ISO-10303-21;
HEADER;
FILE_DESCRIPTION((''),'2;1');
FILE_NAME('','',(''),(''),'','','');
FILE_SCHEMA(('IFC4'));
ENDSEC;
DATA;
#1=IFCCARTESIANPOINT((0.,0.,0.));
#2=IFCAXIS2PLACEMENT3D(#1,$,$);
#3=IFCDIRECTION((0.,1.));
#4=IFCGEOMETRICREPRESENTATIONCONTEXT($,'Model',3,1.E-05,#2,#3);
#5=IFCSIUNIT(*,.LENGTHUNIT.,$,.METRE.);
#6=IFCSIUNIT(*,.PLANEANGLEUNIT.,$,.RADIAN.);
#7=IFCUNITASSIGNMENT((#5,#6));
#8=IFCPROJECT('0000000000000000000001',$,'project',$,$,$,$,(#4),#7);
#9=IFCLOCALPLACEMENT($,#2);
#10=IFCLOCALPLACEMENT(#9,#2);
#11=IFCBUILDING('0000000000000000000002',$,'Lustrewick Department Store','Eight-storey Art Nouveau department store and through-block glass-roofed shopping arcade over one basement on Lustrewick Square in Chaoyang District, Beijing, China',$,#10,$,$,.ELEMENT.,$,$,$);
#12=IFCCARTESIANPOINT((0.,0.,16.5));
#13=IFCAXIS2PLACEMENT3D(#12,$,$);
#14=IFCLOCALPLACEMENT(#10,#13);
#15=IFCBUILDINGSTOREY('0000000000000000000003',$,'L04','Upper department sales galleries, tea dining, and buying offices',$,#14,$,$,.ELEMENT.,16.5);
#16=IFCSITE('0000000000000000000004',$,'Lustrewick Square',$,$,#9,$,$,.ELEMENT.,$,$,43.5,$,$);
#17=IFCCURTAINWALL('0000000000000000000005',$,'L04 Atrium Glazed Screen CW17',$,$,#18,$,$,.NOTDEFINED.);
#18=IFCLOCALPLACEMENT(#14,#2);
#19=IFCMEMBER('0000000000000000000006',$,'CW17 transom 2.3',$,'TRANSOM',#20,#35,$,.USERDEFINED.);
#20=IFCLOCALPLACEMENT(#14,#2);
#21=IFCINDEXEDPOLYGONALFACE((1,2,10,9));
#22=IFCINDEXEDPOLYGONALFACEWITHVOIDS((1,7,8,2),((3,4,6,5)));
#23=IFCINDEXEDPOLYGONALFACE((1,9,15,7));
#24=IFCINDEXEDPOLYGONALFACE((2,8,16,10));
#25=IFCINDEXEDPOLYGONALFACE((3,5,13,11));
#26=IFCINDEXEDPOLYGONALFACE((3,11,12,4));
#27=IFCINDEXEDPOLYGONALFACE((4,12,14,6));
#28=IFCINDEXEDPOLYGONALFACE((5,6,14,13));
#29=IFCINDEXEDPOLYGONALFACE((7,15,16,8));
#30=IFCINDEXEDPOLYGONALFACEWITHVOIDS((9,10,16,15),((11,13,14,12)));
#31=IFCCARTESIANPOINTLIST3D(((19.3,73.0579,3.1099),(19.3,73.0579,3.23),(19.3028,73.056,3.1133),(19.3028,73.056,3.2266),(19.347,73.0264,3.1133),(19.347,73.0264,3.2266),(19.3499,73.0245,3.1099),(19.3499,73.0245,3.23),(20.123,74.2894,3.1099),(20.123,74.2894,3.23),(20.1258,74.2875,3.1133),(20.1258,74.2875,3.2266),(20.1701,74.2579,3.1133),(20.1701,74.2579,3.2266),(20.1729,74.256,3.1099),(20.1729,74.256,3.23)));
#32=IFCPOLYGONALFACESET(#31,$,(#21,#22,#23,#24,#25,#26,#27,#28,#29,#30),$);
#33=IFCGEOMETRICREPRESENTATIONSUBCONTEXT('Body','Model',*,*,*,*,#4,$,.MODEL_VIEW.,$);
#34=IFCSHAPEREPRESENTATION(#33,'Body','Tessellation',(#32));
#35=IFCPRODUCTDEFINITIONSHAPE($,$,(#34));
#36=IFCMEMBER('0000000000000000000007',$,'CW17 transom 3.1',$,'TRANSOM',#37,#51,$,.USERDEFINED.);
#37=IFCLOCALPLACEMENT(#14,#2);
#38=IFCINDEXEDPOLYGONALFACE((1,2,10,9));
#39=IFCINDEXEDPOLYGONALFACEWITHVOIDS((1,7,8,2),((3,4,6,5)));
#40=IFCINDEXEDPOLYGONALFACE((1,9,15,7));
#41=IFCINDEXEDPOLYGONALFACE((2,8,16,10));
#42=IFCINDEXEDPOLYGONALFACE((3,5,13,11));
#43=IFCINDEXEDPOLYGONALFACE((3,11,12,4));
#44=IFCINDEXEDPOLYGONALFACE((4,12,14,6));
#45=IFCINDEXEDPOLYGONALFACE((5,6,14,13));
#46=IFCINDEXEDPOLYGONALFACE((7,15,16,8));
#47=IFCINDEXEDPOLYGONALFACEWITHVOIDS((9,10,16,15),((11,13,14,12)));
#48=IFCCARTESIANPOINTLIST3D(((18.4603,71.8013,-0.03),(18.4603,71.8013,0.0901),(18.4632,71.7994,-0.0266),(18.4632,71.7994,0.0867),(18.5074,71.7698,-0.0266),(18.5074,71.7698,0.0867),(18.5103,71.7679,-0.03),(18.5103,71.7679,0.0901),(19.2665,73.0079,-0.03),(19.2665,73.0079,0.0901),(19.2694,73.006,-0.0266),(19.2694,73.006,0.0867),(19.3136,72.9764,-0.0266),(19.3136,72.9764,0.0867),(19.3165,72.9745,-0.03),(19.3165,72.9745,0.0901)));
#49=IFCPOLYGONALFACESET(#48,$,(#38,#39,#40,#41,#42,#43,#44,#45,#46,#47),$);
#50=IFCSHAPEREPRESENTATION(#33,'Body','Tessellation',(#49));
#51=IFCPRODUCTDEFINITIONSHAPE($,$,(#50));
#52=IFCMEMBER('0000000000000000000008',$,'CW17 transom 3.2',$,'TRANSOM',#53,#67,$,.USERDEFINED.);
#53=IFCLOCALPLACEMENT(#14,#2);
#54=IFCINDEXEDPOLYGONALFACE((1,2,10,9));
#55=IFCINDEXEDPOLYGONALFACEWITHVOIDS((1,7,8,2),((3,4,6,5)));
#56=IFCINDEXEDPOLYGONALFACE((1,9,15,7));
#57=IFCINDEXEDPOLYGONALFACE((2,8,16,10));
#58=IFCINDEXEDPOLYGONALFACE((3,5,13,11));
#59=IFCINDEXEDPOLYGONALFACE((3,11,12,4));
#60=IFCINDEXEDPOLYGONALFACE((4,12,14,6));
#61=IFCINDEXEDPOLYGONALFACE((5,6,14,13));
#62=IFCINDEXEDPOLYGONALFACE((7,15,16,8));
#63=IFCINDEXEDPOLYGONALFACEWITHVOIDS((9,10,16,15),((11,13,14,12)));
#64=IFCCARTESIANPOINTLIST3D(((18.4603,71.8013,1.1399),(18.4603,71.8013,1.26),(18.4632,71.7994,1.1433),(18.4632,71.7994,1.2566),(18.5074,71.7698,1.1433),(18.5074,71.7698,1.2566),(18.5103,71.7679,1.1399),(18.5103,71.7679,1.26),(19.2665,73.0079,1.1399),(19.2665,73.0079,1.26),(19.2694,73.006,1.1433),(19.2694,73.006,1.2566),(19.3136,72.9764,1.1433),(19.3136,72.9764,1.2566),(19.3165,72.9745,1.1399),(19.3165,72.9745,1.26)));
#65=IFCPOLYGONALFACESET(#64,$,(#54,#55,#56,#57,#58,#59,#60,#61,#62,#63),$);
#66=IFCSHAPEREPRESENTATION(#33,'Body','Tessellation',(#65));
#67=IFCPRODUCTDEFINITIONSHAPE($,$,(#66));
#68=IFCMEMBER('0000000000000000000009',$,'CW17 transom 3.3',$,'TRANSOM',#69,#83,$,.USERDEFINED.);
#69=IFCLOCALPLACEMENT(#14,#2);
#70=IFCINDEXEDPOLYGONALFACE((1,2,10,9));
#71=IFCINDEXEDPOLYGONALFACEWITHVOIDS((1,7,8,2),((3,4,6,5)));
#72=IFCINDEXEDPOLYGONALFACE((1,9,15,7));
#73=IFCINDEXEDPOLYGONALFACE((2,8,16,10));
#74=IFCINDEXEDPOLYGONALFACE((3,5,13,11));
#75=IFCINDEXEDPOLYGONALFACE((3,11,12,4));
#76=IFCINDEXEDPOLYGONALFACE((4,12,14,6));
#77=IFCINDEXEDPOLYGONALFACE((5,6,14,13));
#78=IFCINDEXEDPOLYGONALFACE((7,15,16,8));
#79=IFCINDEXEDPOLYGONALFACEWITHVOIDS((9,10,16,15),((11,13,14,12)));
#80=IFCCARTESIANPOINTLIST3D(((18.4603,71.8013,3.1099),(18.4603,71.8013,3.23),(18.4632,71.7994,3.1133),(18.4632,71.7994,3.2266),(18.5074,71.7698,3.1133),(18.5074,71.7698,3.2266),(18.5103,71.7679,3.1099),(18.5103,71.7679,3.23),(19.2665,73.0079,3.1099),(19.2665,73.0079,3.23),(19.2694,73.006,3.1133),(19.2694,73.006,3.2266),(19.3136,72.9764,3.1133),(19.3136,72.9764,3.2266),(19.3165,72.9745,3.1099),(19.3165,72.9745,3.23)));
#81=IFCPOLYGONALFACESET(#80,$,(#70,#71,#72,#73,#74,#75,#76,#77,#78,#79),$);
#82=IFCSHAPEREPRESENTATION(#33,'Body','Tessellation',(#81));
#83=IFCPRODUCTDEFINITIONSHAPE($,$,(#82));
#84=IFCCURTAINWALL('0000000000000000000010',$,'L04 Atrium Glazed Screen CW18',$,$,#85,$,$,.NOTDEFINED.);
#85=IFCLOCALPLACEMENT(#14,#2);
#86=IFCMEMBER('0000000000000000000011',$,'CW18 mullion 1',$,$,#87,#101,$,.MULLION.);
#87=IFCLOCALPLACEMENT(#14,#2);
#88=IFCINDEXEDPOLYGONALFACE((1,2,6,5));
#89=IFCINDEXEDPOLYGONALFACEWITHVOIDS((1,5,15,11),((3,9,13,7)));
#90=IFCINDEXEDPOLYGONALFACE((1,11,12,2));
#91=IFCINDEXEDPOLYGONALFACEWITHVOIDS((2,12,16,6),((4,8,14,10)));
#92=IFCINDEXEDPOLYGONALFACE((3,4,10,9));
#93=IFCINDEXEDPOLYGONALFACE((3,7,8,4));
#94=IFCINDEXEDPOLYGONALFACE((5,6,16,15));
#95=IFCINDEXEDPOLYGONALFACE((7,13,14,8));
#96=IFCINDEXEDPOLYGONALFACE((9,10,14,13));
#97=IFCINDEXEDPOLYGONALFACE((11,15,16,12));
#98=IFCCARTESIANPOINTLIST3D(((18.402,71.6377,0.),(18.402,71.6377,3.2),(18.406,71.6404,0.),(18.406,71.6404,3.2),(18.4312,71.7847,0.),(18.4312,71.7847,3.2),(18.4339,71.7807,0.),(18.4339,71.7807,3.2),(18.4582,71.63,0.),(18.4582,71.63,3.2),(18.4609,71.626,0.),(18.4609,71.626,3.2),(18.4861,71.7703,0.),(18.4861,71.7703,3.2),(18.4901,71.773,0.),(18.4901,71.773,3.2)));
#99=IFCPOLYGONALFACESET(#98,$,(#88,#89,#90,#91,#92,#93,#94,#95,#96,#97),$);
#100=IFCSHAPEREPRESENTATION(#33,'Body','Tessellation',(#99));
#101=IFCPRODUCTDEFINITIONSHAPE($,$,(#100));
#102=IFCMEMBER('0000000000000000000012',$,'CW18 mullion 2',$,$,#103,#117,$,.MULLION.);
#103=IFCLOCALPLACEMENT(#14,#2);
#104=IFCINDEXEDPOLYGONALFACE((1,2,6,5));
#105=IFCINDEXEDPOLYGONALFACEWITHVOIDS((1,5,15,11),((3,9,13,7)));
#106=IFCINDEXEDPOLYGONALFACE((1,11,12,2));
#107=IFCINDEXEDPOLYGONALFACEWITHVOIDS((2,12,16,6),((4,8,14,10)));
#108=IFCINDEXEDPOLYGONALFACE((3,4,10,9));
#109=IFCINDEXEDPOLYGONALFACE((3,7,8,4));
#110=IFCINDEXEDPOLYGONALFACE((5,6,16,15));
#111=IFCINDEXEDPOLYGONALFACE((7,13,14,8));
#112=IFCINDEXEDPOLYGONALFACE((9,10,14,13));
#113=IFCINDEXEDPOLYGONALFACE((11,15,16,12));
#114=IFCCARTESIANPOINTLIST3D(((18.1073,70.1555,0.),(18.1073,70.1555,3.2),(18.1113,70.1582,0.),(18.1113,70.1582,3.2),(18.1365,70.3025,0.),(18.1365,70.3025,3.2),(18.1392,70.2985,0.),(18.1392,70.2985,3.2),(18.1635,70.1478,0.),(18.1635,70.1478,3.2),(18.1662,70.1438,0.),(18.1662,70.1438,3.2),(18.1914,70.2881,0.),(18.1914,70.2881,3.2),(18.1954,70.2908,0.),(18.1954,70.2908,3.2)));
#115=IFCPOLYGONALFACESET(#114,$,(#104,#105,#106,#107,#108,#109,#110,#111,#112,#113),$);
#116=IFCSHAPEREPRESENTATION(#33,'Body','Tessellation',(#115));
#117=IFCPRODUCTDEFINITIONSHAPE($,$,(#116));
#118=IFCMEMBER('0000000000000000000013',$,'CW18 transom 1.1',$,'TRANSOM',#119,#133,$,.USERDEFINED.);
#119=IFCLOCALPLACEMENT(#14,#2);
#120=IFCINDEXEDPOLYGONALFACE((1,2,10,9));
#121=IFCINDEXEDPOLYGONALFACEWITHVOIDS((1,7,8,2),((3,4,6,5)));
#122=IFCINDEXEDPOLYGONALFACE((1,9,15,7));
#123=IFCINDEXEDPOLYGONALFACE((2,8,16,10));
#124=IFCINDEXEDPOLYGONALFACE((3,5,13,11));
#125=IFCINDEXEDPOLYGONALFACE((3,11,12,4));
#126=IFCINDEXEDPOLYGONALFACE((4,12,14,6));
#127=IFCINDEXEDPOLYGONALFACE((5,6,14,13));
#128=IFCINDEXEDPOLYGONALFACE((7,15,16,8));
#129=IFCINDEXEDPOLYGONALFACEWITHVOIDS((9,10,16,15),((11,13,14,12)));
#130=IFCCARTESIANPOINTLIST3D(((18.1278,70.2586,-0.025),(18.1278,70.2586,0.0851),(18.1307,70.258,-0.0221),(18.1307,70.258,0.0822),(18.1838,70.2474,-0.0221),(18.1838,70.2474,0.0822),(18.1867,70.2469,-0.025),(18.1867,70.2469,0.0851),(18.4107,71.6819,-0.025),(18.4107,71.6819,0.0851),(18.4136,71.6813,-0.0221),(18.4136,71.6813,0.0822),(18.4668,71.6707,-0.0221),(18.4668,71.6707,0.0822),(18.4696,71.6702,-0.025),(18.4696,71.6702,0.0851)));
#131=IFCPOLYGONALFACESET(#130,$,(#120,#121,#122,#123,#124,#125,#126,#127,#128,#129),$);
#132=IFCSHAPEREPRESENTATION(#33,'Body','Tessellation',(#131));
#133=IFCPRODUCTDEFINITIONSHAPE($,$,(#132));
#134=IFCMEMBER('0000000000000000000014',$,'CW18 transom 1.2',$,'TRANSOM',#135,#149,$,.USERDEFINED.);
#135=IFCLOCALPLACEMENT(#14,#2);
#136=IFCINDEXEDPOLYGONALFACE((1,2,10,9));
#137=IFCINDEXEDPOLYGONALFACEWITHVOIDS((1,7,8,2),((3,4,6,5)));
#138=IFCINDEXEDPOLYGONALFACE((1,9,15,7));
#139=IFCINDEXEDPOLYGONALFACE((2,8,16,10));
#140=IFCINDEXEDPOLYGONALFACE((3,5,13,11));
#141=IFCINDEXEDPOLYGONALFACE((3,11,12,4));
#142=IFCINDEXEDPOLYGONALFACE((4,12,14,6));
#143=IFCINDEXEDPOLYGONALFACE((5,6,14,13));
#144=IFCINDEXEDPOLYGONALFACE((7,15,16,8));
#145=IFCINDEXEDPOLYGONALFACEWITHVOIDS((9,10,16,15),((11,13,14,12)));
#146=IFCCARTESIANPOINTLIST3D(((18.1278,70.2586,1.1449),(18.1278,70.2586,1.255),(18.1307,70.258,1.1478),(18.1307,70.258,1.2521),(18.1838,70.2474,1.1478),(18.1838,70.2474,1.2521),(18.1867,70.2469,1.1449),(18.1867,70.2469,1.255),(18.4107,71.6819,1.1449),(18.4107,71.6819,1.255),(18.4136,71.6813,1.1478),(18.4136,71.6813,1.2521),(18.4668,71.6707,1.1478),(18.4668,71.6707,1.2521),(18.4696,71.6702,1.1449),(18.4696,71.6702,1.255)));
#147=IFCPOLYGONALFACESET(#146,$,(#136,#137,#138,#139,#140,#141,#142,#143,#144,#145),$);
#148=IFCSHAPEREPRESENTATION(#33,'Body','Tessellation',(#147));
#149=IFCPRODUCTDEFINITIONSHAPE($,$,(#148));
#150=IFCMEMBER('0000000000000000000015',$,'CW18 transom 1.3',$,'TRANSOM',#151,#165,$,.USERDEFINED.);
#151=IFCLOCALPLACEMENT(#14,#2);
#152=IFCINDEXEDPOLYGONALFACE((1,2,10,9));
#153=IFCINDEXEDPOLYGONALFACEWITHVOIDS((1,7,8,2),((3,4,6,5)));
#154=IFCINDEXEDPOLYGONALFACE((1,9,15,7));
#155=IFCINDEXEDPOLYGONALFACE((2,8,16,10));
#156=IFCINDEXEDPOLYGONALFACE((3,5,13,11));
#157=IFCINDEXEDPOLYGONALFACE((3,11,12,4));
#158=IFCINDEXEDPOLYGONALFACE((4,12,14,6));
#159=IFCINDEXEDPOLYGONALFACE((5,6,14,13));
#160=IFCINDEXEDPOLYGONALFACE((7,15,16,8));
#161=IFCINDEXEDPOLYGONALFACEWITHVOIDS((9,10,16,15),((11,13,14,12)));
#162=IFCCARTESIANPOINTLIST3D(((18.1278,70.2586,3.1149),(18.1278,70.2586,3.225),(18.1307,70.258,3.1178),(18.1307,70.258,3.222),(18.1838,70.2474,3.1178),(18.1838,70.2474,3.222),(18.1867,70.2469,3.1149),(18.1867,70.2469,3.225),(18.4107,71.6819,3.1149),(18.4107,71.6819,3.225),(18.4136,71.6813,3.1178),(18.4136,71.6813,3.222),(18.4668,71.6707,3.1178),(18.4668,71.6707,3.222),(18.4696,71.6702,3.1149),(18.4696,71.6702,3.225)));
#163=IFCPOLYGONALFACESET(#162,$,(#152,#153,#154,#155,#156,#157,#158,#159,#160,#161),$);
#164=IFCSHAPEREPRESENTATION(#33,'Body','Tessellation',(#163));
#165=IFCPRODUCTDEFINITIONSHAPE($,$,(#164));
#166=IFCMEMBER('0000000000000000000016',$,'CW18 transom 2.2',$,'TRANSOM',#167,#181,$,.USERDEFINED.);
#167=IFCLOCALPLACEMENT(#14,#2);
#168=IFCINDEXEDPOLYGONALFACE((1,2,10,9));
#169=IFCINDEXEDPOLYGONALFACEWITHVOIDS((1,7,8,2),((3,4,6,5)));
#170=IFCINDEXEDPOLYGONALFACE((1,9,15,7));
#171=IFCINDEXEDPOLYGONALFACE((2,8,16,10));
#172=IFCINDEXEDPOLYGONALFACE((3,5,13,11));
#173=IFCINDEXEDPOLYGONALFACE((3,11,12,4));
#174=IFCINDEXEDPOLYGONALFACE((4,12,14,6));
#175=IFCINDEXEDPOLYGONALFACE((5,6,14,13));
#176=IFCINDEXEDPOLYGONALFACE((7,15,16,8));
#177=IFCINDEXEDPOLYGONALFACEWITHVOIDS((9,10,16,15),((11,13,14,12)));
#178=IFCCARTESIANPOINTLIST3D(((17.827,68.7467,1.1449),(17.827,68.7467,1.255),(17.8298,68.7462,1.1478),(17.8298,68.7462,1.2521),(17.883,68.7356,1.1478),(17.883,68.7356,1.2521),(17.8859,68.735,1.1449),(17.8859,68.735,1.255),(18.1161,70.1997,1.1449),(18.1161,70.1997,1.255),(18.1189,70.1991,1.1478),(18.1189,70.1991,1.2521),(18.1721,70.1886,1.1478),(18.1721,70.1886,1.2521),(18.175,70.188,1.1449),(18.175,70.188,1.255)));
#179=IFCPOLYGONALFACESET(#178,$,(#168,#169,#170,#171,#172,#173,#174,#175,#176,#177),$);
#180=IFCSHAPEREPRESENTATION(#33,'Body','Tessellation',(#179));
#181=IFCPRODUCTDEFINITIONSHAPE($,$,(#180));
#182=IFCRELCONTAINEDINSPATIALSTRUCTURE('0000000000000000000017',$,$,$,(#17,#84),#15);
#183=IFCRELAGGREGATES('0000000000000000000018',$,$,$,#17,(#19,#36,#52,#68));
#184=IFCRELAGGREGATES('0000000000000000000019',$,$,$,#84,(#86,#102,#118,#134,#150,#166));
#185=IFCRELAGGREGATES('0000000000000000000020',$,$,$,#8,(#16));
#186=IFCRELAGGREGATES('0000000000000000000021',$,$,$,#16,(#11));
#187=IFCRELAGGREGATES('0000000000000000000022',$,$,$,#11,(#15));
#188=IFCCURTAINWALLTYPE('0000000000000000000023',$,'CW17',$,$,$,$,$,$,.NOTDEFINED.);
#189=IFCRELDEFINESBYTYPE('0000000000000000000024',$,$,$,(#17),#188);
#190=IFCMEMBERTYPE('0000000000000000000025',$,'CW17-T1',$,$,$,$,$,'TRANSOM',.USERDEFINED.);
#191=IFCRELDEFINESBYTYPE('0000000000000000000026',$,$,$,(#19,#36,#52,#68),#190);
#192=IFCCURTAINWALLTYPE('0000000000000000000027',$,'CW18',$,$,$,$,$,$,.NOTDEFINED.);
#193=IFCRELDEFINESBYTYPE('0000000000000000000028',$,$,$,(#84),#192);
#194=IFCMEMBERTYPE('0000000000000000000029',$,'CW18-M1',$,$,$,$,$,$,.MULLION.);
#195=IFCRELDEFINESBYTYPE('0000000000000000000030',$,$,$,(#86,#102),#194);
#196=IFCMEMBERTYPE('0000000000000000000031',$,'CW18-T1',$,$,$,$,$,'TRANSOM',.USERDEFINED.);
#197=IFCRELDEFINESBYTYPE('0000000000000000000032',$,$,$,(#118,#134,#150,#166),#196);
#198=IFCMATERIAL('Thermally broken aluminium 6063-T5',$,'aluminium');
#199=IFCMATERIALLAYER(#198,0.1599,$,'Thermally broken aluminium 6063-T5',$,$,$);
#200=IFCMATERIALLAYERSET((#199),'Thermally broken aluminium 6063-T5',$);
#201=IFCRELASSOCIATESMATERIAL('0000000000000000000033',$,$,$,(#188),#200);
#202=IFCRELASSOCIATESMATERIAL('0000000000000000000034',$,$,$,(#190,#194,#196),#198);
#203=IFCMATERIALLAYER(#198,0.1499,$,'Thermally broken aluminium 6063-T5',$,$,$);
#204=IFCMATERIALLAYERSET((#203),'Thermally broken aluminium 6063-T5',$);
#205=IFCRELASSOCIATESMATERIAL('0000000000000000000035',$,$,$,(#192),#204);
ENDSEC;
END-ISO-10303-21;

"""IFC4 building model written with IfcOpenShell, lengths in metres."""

from ifc_helpers import new_model, si_unit, direction, frame, origin, origin_2d, place, context, subcontext, project, spatial, hollow_rectangle, extrude, material, layer, layer_set, material_profile, profile_set, type_object, element, aggregate, save


model = new_model("IFC4")

# Units and contexts
model_context = context("Model", 3, precision=1e-05, world=origin(), true_north=direction((0.0, 1.0)))
body_context = subcontext(model_context, "Body", "Model", "MODEL_VIEW")
ifc_project = project(units=[si_unit("LENGTHUNIT", "METRE"), si_unit("PLANEANGLEUNIT", "RADIAN")], contexts=[model_context])

# Site, building, storey
site_placement = place(None, origin())
site = spatial("IfcSite", under=ifc_project, at=site_placement, Name="Lustrewick Square", CompositionType="ELEMENT", RefElevation=43.5)
building_placement = place(site_placement, origin())
building = spatial("IfcBuilding", under=site, at=building_placement, Name="Lustrewick Department Store", Description="Eight-storey Art Nouveau department store and through-block glass-roofed shopping arcade over one basement on Lustrewick Square in Chaoyang District, Beijing, China", CompositionType="ELEMENT")
storey_placement = place(building_placement, frame((0.0, 0.0, 16.5)))
storey = spatial("IfcBuildingStorey", under=building, at=storey_placement, Name="L04", Description="Upper department sales galleries, tea dining, and buying offices", CompositionType="ELEMENT", Elevation=16.5)

# Shared definitions
ifc_material_1 = material(Name="Thermally broken aluminium 6063-T5", Category="aluminium")

# Curtain walls, members
ifc_layer_1 = layer(ifc_material_1, 0.1599, Name="Thermally broken aluminium 6063-T5")
ifc_layer_set_1 = layer_set([ifc_layer_1], Name="Thermally broken aluminium 6063-T5")
curtain_wall_type_1 = type_object("IfcCurtainWallType", Name="CW17", PredefinedType="NOTDEFINED", material=ifc_layer_set_1)
curtain_wall_1_placement = place(storey_placement, origin())
curtain_wall_1 = element("IfcCurtainWall", 1, at=curtain_wall_1_placement, inside=storey, type_object=curtain_wall_type_1, Name="L04 Atrium Glazed Screen CW17", PredefinedType="NOTDEFINED")
ifc_material_profile_1 = material_profile(ifc_material_1, hollow_rectangle(XDim=0.0601, YDim=0.1201, WallThickness=0.0034, at=origin_2d()), Name="ALU-T 60x120x3.5")
ifc_profile_set_1 = profile_set([ifc_material_profile_1], Name="Thermally broken aluminium 6063-T5")
member_type_1 = type_object("IfcMemberType", Name="CW17-T1", ElementType="TRANSOM", PredefinedType="USERDEFINED", material=ifc_profile_set_1)
member_1_placement = place(storey_placement, frame((20.1479, 74.2727, 3.1699), z_axis=(-0.555651, -0.831416, 0.0), x_axis=(0.831416, -0.555651, 0.0)))
member_1 = element("IfcMember", 2, at=member_1_placement, type_object=member_type_1, Name="CW17 transom 2.3", ObjectType="TRANSOM", PredefinedType="USERDEFINED", context=body_context, shape_type="SweptSolid", body=[
    extrude(hollow_rectangle(XDim=0.0601, YDim=0.1201, WallThickness=0.0034, at=origin_2d()), origin(), (0.0, 0.0, 1.0), 1.4812),
])
member_2_placement = place(storey_placement, frame((19.2915, 72.9912, 0.03), z_axis=(-0.555554, -0.83148, 0.0), x_axis=(0.83148, -0.555554, 0.0)))
member_2 = element("IfcMember", 3, at=member_2_placement, type_object=member_type_1, Name="CW17 transom 3.1", ObjectType="TRANSOM", PredefinedType="USERDEFINED", context=body_context, shape_type="SweptSolid", body=[
    extrude(hollow_rectangle(XDim=0.0601, YDim=0.1201, WallThickness=0.0034, at=origin_2d()), origin(), (0.0, 0.0, 1.0), 1.4512),
])
member_3_placement = place(storey_placement, frame((19.2915, 72.9912, 1.2), z_axis=(-0.555554, -0.83148, 0.0), x_axis=(0.83148, -0.555554, 0.0)))
member_3 = element("IfcMember", 4, at=member_3_placement, type_object=member_type_1, Name="CW17 transom 3.2", ObjectType="TRANSOM", PredefinedType="USERDEFINED", context=body_context, shape_type="SweptSolid", body=[
    extrude(hollow_rectangle(XDim=0.0601, YDim=0.1201, WallThickness=0.0034, at=origin_2d()), origin(), (0.0, 0.0, 1.0), 1.4512),
])
member_4_placement = place(storey_placement, frame((19.2915, 72.9912, 3.1699), z_axis=(-0.555554, -0.83148, 0.0), x_axis=(0.83148, -0.555554, 0.0)))
member_4 = element("IfcMember", 5, at=member_4_placement, type_object=member_type_1, Name="CW17 transom 3.3", ObjectType="TRANSOM", PredefinedType="USERDEFINED", context=body_context, shape_type="SweptSolid", body=[
    extrude(hollow_rectangle(XDim=0.0601, YDim=0.1201, WallThickness=0.0034, at=origin_2d()), origin(), (0.0, 0.0, 1.0), 1.4512),
])
ifc_layer_2 = layer(ifc_material_1, 0.1499, Name="Thermally broken aluminium 6063-T5")
ifc_layer_set_2 = layer_set([ifc_layer_2], Name="Thermally broken aluminium 6063-T5")
curtain_wall_type_2 = type_object("IfcCurtainWallType", Name="CW18", PredefinedType="NOTDEFINED", material=ifc_layer_set_2)
curtain_wall_2_placement = place(storey_placement, origin())
curtain_wall_2 = element("IfcCurtainWall", 6, at=curtain_wall_2_placement, inside=storey, type_object=curtain_wall_type_2, Name="L04 Atrium Glazed Screen CW18", PredefinedType="NOTDEFINED")
ifc_material_profile_2 = material_profile(ifc_material_1, hollow_rectangle(XDim=0.0601, YDim=0.1499, WallThickness=0.0034, at=origin_2d()), Name="ALU-M 60x150x3.5")
ifc_profile_set_2 = profile_set([ifc_material_profile_2], Name="Thermally broken aluminium 6063-T5")
member_type_2 = type_object("IfcMemberType", Name="CW18-M1", PredefinedType="MULLION", material=ifc_profile_set_2)
member_5_placement = place(storey_placement, frame((18.446, 71.7053, 0.0), z_axis=(0.0, 0.0, 1.0), x_axis=(0.980786, -0.195085, 0.0)))
member_5 = element("IfcMember", 7, at=member_5_placement, type_object=member_type_2, Name="CW18 mullion 1", PredefinedType="MULLION", context=body_context, shape_type="SweptSolid", body=[
    extrude(hollow_rectangle(XDim=0.0601, YDim=0.1499, WallThickness=0.0034, at=origin_2d()), origin(), (0.0, 0.0, 1.0), 3.2),
])
member_6_placement = place(storey_placement, frame((18.1514, 70.2231, 0.0), z_axis=(0.0, 0.0, 1.0), x_axis=(0.980786, -0.195085, 0.0)))
member_6 = element("IfcMember", 8, at=member_6_placement, type_object=member_type_2, Name="CW18 mullion 2", PredefinedType="MULLION", context=body_context, shape_type="SweptSolid", body=[
    extrude(hollow_rectangle(XDim=0.0601, YDim=0.1499, WallThickness=0.0034, at=origin_2d()), origin(), (0.0, 0.0, 1.0), 3.2),
])
ifc_material_profile_3 = material_profile(ifc_material_1, hollow_rectangle(XDim=0.0601, YDim=0.1101, WallThickness=0.0029, at=origin_2d()), Name="ALU-T 60x110x3")
ifc_profile_set_3 = profile_set([ifc_material_profile_3], Name="Thermally broken aluminium 6063-T5")
member_type_3 = type_object("IfcMemberType", Name="CW18-T1", ElementType="TRANSOM", PredefinedType="USERDEFINED", material=ifc_profile_set_3)
member_7_placement = place(storey_placement, frame((18.4402, 71.676, 0.03), z_axis=(-0.194984, -0.980806, 0.0), x_axis=(0.980806, -0.194984, 0.0)))
member_7 = element("IfcMember", 9, at=member_7_placement, type_object=member_type_3, Name="CW18 transom 1.1", ObjectType="TRANSOM", PredefinedType="USERDEFINED", context=body_context, shape_type="SweptSolid", body=[
    extrude(hollow_rectangle(XDim=0.0601, YDim=0.1101, WallThickness=0.0029, at=origin_2d()), origin(), (0.0, 0.0, 1.0), 1.4512),
])
member_8_placement = place(storey_placement, frame((18.4402, 71.676, 1.2), z_axis=(-0.194984, -0.980806, 0.0), x_axis=(0.980806, -0.194984, 0.0)))
member_8 = element("IfcMember", 10, at=member_8_placement, type_object=member_type_3, Name="CW18 transom 1.2", ObjectType="TRANSOM", PredefinedType="USERDEFINED", context=body_context, shape_type="SweptSolid", body=[
    extrude(hollow_rectangle(XDim=0.0601, YDim=0.1101, WallThickness=0.0029, at=origin_2d()), origin(), (0.0, 0.0, 1.0), 1.4512),
])
member_9_placement = place(storey_placement, frame((18.4402, 71.676, 3.1699), z_axis=(-0.194984, -0.980806, 0.0), x_axis=(0.980806, -0.194984, 0.0)))
member_9 = element("IfcMember", 11, at=member_9_placement, type_object=member_type_3, Name="CW18 transom 1.3", ObjectType="TRANSOM", PredefinedType="USERDEFINED", context=body_context, shape_type="SweptSolid", body=[
    extrude(hollow_rectangle(XDim=0.0601, YDim=0.1101, WallThickness=0.0029, at=origin_2d()), origin(), (0.0, 0.0, 1.0), 1.4512),
])
member_10_placement = place(storey_placement, frame((18.1455, 70.1938, 1.2), z_axis=(-0.195134, -0.980777, 0.0), x_axis=(0.980777, -0.195134, 0.0)))
member_10 = element("IfcMember", 12, at=member_10_placement, type_object=member_type_3, Name="CW18 transom 2.2", ObjectType="TRANSOM", PredefinedType="USERDEFINED", context=body_context, shape_type="SweptSolid", body=[
    extrude(hollow_rectangle(XDim=0.0601, YDim=0.1101, WallThickness=0.0029, at=origin_2d()), origin(), (0.0, 0.0, 1.0), 1.4814),
])

aggregate(curtain_wall_1, [member_1, member_2, member_3, member_4])
aggregate(curtain_wall_2, [member_5, member_6, member_7, member_8, member_9, member_10])

save(model, "model.ifc")
